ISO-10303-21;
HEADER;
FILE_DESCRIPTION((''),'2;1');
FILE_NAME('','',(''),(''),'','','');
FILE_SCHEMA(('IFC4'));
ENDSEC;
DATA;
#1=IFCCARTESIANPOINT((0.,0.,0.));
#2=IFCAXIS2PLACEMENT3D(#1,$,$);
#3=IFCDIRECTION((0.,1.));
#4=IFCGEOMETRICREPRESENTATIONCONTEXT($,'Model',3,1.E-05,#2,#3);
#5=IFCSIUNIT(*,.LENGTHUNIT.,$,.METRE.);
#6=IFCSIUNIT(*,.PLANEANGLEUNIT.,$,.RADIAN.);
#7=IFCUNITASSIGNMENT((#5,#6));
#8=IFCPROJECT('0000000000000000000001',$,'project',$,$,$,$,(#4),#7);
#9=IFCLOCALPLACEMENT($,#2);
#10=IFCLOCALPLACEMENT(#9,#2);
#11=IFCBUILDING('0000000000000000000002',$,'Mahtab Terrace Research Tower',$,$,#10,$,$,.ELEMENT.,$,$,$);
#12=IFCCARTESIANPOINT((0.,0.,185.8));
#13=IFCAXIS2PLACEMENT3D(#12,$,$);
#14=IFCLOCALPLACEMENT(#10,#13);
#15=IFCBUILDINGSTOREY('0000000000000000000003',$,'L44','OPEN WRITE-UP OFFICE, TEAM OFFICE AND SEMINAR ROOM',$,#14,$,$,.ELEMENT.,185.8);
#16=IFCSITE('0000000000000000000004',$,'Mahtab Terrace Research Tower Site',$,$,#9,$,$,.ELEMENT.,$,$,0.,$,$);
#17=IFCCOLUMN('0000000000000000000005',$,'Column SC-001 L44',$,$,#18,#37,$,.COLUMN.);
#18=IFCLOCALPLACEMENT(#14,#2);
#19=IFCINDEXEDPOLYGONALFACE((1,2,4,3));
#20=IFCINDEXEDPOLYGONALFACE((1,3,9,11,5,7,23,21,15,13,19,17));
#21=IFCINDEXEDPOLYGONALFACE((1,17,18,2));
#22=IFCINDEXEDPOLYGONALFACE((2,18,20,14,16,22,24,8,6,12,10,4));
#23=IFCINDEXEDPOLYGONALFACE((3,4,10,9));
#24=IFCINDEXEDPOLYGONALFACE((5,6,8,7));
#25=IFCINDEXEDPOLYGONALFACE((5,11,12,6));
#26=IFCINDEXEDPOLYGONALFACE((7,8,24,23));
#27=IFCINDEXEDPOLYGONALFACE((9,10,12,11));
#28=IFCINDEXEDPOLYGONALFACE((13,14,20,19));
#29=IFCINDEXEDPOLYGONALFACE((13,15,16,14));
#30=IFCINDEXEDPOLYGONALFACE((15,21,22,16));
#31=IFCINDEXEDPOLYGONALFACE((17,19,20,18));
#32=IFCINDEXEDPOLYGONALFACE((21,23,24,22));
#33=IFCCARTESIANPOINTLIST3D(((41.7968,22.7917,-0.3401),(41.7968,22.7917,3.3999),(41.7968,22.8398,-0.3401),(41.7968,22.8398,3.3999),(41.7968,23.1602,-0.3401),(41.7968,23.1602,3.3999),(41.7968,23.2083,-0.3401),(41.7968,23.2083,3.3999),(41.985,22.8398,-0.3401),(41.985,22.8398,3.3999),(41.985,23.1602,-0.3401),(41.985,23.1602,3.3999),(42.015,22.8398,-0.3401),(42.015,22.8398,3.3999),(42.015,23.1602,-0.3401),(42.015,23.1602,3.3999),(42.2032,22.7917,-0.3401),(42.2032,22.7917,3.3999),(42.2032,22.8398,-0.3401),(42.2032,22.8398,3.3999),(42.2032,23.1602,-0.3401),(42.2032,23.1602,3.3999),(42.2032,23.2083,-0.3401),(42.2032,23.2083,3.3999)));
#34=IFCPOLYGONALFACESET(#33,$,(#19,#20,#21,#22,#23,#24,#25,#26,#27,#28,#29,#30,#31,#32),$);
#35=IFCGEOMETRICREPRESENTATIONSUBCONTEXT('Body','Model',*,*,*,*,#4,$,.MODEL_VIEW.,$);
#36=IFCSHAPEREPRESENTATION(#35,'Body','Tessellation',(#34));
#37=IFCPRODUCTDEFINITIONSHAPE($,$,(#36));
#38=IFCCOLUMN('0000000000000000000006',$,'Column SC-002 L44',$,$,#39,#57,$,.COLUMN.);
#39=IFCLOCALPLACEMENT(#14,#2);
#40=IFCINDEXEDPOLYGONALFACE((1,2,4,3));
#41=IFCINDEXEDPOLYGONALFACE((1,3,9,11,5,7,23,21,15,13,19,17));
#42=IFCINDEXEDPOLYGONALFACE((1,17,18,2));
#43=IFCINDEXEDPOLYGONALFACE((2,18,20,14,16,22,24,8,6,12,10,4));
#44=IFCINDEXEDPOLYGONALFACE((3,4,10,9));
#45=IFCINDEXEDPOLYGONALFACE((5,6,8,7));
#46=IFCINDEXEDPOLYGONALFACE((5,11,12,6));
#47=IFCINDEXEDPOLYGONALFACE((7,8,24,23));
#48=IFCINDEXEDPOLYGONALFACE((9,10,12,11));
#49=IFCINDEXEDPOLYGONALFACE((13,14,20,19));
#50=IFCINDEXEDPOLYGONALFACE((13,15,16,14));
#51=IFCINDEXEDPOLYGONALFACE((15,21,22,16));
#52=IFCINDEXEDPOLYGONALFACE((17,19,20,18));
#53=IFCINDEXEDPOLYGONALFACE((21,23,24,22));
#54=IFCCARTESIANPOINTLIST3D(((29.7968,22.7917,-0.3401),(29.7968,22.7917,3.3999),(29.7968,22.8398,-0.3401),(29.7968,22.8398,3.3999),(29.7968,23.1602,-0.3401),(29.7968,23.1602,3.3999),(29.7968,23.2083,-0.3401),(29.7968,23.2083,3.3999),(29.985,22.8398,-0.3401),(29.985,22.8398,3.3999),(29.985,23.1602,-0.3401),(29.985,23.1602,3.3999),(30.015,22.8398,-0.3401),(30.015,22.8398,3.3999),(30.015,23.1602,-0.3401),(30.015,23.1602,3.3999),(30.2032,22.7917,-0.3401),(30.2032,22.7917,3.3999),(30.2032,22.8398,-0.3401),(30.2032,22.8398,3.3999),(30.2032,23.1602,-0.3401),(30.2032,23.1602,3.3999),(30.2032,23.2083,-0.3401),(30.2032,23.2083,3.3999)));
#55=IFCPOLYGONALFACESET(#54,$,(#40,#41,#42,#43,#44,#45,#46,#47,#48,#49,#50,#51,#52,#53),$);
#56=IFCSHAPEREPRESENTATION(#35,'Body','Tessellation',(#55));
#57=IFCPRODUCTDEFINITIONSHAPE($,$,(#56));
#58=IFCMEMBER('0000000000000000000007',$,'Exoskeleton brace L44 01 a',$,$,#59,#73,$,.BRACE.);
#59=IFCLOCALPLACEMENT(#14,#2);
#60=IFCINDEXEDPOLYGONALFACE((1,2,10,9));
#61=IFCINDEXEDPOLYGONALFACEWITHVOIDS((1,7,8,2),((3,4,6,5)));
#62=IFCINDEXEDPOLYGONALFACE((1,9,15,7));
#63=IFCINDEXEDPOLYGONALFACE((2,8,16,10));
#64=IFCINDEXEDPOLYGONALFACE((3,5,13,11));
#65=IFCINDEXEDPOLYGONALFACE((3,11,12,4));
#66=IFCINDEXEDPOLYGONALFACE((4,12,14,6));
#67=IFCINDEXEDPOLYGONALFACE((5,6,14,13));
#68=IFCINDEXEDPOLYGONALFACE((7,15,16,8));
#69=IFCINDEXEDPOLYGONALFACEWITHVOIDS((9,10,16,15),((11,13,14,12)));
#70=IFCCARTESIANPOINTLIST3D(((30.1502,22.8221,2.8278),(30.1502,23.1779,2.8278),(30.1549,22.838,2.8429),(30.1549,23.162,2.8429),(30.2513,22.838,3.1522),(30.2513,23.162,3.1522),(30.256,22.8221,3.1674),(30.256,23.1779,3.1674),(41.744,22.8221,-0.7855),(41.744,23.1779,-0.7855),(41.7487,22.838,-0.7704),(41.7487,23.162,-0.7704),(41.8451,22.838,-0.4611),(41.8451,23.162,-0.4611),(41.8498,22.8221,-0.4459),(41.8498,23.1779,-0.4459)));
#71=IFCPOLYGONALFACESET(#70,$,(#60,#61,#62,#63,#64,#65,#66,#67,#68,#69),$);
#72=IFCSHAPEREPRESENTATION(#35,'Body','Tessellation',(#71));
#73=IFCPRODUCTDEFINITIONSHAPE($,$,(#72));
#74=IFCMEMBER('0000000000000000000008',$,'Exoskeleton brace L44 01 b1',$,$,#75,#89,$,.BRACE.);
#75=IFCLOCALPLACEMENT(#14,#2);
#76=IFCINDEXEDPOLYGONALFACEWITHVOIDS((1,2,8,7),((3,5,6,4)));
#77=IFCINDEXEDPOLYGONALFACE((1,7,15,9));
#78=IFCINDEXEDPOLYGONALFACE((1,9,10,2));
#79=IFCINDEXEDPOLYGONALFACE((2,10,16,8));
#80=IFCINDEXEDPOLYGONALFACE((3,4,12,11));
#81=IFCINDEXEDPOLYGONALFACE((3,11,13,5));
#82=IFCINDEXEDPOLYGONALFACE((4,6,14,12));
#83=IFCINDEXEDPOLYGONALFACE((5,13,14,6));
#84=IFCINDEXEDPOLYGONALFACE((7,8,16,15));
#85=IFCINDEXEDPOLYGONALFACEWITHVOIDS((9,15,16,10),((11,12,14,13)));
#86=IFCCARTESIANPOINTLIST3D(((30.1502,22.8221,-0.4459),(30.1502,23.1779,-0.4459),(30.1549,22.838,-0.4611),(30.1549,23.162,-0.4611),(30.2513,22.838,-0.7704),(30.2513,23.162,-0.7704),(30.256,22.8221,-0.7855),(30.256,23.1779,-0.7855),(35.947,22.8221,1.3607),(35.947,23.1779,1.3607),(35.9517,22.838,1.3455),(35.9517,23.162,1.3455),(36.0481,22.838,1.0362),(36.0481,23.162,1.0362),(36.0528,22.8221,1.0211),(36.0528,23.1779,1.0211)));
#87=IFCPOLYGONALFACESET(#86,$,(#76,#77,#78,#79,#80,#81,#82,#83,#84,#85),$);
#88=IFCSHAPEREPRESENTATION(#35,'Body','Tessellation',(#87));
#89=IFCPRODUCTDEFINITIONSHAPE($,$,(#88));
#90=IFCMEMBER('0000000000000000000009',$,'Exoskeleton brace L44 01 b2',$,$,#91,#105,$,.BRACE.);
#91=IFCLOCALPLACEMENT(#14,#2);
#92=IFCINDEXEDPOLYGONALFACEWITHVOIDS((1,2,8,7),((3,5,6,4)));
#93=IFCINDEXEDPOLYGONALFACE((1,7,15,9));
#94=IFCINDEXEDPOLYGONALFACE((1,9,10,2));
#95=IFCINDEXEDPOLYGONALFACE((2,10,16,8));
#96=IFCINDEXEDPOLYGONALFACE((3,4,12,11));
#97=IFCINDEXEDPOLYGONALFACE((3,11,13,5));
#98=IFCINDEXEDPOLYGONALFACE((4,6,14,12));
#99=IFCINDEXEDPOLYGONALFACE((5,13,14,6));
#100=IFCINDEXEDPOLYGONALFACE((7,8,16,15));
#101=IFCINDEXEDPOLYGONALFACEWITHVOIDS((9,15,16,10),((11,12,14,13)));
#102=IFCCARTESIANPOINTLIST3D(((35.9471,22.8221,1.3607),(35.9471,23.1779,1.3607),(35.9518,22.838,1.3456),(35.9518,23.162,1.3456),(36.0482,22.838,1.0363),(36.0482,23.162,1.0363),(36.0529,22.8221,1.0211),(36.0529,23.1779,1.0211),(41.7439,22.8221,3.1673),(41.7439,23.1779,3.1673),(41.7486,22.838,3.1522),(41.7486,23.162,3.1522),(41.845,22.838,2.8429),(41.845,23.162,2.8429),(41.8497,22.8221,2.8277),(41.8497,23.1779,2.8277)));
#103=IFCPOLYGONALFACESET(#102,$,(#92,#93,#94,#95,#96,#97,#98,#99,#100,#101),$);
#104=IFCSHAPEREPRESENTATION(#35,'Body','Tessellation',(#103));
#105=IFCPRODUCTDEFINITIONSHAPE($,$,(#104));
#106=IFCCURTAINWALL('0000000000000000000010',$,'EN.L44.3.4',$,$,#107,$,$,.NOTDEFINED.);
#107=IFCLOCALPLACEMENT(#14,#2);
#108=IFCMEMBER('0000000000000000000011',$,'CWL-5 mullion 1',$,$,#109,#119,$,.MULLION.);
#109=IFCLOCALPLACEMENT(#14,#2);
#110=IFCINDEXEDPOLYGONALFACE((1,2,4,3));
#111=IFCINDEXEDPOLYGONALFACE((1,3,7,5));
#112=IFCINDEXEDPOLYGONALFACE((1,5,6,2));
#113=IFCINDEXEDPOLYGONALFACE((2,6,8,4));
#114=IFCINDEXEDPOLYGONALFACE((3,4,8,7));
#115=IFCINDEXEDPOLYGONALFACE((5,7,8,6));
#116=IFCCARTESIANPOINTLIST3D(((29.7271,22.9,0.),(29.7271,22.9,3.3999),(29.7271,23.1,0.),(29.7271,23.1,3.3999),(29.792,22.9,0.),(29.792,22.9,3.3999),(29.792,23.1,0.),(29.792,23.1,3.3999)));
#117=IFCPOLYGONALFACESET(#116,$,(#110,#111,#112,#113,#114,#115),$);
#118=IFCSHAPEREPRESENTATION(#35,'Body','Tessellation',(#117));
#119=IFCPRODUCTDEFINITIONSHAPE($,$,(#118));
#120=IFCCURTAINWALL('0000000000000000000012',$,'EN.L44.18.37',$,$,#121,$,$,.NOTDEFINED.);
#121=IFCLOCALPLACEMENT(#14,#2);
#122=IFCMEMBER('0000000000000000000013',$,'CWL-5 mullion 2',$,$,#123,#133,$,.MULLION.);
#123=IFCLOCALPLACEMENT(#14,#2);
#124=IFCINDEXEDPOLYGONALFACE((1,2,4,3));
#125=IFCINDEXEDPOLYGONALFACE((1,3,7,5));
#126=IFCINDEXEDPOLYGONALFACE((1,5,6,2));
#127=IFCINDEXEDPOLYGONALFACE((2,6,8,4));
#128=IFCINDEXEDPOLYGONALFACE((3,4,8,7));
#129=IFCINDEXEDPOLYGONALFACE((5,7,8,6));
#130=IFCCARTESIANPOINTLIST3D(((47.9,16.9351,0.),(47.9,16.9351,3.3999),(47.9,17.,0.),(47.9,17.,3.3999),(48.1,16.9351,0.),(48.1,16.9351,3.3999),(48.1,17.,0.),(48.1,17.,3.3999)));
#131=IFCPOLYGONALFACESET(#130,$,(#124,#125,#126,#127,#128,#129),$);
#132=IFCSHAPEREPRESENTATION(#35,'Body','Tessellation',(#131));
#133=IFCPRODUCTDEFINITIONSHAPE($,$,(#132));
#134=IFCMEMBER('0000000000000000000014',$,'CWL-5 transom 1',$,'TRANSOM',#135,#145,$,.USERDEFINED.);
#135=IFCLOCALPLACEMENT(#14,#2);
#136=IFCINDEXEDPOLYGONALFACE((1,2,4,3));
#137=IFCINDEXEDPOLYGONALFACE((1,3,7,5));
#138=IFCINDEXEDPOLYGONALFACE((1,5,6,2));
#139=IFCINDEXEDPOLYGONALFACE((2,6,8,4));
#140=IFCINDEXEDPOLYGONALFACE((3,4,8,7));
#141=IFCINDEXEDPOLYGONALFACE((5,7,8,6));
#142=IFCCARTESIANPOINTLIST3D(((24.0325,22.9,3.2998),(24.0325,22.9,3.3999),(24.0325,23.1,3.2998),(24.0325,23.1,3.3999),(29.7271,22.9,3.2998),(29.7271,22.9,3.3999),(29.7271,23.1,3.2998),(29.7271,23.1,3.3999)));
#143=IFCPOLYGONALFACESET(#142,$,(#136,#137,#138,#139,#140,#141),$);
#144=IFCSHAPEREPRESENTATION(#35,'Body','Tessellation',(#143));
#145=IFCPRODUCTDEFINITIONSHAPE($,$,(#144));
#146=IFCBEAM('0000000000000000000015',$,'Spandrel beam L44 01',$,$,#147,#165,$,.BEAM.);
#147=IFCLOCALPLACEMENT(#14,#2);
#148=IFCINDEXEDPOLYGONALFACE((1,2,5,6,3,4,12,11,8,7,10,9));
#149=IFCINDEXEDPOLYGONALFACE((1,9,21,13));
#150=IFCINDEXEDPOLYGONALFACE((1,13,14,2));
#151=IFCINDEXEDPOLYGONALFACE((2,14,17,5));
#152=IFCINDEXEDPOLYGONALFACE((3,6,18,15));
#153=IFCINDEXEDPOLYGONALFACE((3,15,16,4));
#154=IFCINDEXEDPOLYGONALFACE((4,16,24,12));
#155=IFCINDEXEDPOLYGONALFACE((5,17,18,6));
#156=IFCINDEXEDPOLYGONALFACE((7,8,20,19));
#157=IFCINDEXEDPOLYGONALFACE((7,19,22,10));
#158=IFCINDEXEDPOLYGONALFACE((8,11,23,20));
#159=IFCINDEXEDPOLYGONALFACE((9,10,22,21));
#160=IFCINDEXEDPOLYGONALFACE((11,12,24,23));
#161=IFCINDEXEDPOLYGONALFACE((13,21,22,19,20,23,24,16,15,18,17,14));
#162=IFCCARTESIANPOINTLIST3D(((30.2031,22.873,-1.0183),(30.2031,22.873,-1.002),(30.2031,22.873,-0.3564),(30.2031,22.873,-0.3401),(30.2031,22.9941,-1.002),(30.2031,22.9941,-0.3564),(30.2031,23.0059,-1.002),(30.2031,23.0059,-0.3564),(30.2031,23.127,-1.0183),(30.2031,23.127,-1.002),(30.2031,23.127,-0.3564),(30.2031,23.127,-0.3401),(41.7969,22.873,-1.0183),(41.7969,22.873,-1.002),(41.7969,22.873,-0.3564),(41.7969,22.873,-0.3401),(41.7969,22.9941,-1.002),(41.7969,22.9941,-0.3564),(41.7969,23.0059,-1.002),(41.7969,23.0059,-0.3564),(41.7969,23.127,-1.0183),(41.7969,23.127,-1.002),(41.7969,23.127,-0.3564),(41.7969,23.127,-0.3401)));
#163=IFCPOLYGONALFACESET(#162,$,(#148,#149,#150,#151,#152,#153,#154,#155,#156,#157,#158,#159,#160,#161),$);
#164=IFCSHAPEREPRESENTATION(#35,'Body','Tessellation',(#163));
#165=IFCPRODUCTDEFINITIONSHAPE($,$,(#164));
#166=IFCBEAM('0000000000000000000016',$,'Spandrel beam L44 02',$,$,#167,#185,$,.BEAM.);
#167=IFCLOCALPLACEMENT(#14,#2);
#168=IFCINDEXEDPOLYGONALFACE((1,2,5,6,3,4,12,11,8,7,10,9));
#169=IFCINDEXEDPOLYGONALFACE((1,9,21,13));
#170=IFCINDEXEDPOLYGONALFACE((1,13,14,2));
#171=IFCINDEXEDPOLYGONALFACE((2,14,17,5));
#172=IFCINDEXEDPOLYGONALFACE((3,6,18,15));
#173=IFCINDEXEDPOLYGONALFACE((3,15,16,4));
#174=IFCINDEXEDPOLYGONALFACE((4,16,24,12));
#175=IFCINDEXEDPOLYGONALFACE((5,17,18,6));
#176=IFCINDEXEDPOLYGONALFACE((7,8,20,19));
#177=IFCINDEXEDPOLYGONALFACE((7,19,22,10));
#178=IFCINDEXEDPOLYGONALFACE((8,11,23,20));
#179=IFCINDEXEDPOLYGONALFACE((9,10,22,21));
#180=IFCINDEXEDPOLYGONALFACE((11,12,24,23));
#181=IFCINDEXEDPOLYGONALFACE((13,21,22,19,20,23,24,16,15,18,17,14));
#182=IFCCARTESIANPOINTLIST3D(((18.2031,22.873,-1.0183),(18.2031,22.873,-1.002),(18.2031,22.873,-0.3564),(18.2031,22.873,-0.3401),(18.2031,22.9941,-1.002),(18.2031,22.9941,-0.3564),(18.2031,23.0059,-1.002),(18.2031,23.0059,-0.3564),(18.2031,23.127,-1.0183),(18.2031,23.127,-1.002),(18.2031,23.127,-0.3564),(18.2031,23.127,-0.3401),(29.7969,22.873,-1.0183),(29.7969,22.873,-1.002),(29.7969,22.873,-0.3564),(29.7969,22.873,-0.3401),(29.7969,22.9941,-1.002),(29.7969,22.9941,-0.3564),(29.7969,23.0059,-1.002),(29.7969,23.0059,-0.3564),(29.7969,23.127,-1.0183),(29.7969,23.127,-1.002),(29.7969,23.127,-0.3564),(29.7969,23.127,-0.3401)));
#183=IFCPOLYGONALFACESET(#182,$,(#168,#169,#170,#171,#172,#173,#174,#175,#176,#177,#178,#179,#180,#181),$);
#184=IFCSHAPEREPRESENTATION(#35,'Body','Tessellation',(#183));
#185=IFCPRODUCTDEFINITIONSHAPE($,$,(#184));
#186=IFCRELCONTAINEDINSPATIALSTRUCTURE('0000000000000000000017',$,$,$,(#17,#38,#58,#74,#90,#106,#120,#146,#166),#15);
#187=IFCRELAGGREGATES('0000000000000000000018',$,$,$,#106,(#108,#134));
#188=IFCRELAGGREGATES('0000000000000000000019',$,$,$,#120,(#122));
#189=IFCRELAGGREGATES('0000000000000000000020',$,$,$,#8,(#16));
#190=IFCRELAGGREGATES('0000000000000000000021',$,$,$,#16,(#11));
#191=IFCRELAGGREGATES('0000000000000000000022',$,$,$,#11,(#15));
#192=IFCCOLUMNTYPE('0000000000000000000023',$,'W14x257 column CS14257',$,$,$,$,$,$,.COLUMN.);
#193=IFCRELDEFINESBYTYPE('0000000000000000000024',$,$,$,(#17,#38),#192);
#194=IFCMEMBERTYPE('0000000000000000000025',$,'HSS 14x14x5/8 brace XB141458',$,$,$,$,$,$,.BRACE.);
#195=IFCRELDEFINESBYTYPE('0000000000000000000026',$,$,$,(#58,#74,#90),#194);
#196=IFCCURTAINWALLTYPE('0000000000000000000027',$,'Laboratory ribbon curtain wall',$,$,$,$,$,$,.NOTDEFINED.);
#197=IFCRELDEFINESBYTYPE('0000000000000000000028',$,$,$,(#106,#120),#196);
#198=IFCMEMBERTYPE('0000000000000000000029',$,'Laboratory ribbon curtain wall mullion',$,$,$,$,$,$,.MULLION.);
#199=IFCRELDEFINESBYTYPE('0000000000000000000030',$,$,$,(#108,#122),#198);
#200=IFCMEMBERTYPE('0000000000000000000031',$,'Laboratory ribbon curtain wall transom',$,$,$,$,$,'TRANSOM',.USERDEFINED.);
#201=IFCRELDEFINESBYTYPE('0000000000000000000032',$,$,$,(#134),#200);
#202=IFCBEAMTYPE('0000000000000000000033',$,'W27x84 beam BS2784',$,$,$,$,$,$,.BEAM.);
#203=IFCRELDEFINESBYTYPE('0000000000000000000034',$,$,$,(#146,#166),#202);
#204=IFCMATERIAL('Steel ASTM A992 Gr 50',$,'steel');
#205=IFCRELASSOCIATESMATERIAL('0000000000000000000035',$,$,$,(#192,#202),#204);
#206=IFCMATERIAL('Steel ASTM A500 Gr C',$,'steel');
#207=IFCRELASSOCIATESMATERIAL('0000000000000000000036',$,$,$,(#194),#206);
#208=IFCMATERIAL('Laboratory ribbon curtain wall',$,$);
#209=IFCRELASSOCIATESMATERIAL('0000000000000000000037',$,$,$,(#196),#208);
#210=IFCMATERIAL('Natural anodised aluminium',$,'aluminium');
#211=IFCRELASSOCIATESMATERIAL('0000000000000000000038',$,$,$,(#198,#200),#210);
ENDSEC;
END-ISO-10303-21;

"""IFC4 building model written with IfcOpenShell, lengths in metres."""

from ifc_helpers import new_model, si_unit, direction, frame, origin, origin_2d, place, context, subcontext, project, spatial, rectangle, hollow_rectangle, i_section, extrude, material, material_profile, profile_set, type_object, element, aggregate, save


model = new_model("IFC4")

# Units and contexts
model_context = context("Model", 3, precision=1e-05, world=origin(), true_north=direction((0.0, 1.0)))
body_context = subcontext(model_context, "Body", "Model", "MODEL_VIEW")
ifc_project = project(units=[si_unit("LENGTHUNIT", "METRE"), si_unit("PLANEANGLEUNIT", "RADIAN")], contexts=[model_context])

# Site, building, storey
site_placement = place(None, origin())
site = spatial("IfcSite", under=ifc_project, at=site_placement, Name="Mahtab Terrace Research Tower Site", CompositionType="ELEMENT", RefElevation=0.0)
building_placement = place(site_placement, origin())
building = spatial("IfcBuilding", under=site, at=building_placement, Name="Mahtab Terrace Research Tower", CompositionType="ELEMENT")
storey_placement = place(building_placement, frame((0.0, 0.0, 185.8)))
storey = spatial("IfcBuildingStorey", under=building, at=storey_placement, Name="L44", Description="OPEN WRITE-UP OFFICE, TEAM OFFICE AND SEMINAR ROOM", CompositionType="ELEMENT", Elevation=185.8)

# Columns
ifc_material_1 = material(Name="Steel ASTM A992 Gr 50", Category="steel")
ifc_material_profile_1 = material_profile(ifc_material_1, i_section(OverallWidth=0.4065, OverallDepth=0.4165, WebThickness=0.03, FlangeThickness=0.0481, at=origin_2d()), Name="W14X257")
ifc_profile_set_1 = profile_set([ifc_material_profile_1], Name="Steel ASTM A992 Gr 50")
column_type = type_object("IfcColumnType", Name="W14x257 column CS14257", PredefinedType="COLUMN", material=ifc_profile_set_1)
for number, where, z_axis, x_axis, name in (
    (1, (42.0, 23.0, -0.3401), (0.0, 0.0, 1.0), (1.0, 0.0, 0.0), "Column SC-001 L44"),
    (2, (30.0, 23.0, -0.3401), (0.0, 0.0, 1.0), (1.0, 0.0, 0.0), "Column SC-002 L44"),
):
    element("IfcColumn", number, at=place(storey_placement, frame(where, z_axis=z_axis, x_axis=x_axis)), inside=storey, type_object=column_type, Name=name, PredefinedType="COLUMN", context=body_context, shape_type="SweptSolid", body=[
        extrude(i_section(OverallWidth=0.4065, OverallDepth=0.4165, WebThickness=0.03, FlangeThickness=0.0481, at=origin_2d()), origin(), (0.0, 0.0, 1.0), 3.74),
    ])

# Members
ifc_material_2 = material(Name="Steel ASTM A500 Gr C", Category="steel")
ifc_material_profile_2 = material_profile(ifc_material_2, hollow_rectangle(XDim=0.3557, YDim=0.3557, WallThickness=0.0159, at=origin_2d()), Name="HSS14X14X5/8")
ifc_profile_set_2 = profile_set([ifc_material_profile_2], Name="Steel ASTM A500 Gr C")
member_type_1 = type_object("IfcMemberType", Name="HSS 14x14x5/8 brace XB141458", PredefinedType="BRACE", material=ifc_profile_set_2)
member_1_placement = place(storey_placement, frame((41.7969, 23.0, -0.6157), z_axis=(-0.954709, 0.0, 0.297542), x_axis=(0.0, -1.0, 0.0)))
element("IfcMember", 3, at=member_1_placement, inside=storey, type_object=member_type_1, Name="Exoskeleton brace L44 01 a", PredefinedType="BRACE", context=body_context, shape_type="SweptSolid", body=[
    extrude(hollow_rectangle(XDim=0.3557, YDim=0.3557, WallThickness=0.0159, at=origin_2d()), origin(), (0.0, 0.0, 1.0), 12.1438),
])
for number, where, z_axis, x_axis, name in (
    (4, (30.2031, 23.0, -0.6157), (0.954709, 0.0, 0.297542), (0.0, 1.0, 0.0), "Exoskeleton brace L44 01 b1"),
    (5, (36.0, 23.0, 1.1909), (0.954709, 0.0, 0.297542), (0.0, 1.0, 0.0), "Exoskeleton brace L44 01 b2"),
):
    element("IfcMember", number, at=place(storey_placement, frame(where, z_axis=z_axis, x_axis=x_axis)), inside=storey, type_object=member_type_1, Name=name, PredefinedType="BRACE", context=body_context, shape_type="SweptSolid", body=[
        extrude(hollow_rectangle(XDim=0.3557, YDim=0.3557, WallThickness=0.0159, at=origin_2d()), origin(), (0.0, 0.0, 1.0), 6.0718),
    ])

# Curtain walls, members
ifc_material_3 = material(Name="Laboratory ribbon curtain wall")
curtain_wall_type = type_object("IfcCurtainWallType", Name="Laboratory ribbon curtain wall", PredefinedType="NOTDEFINED", material=ifc_material_3)
curtain_wall_1_placement = place(storey_placement, origin())
curtain_wall_1 = element("IfcCurtainWall", 6, at=curtain_wall_1_placement, inside=storey, type_object=curtain_wall_type, Name="EN.L44.3.4", PredefinedType="NOTDEFINED")
ifc_material_4 = material(Name="Natural anodised aluminium", Category="aluminium")
ifc_material_profile_3 = material_profile(ifc_material_4, rectangle(XDim=0.2, YDim=0.0649, at=origin_2d()), Name="MULLION 65x200")
ifc_profile_set_3 = profile_set([ifc_material_profile_3], Name="Natural anodised aluminium")
member_type_2 = type_object("IfcMemberType", Name="Laboratory ribbon curtain wall mullion", PredefinedType="MULLION", material=ifc_profile_set_3)
member_2_placement = place(storey_placement, frame((29.7595, 23.0, 0.0), z_axis=(0.0, 0.0, 1.0), x_axis=(0.0, -1.0, 0.0)))
member_2 = element("IfcMember", 7, at=member_2_placement, type_object=member_type_2, Name="CWL-5 mullion 1", PredefinedType="MULLION", context=body_context, shape_type="SweptSolid", body=[
    extrude(rectangle(XDim=0.2, YDim=0.0649, at=origin_2d()), origin(), (0.0, 0.0, 1.0), 3.3999),
])
curtain_wall_2_placement = place(storey_placement, origin())
curtain_wall_2 = element("IfcCurtainWall", 8, at=curtain_wall_2_placement, inside=storey, type_object=curtain_wall_type, Name="EN.L44.18.37", PredefinedType="NOTDEFINED")
member_3_placement = place(storey_placement, frame((48.0, 16.9675, 0.0), z_axis=(0.0, 0.0, 1.0), x_axis=(-1.0, 0.0, 0.0)))
member_3 = element("IfcMember", 9, at=member_3_placement, type_object=member_type_2, Name="CWL-5 mullion 2", PredefinedType="MULLION", context=body_context, shape_type="SweptSolid", body=[
    extrude(rectangle(XDim=0.2, YDim=0.0649, at=origin_2d()), origin(), (0.0, 0.0, 1.0), 3.3999),
])

# Member
ifc_material_profile_4 = material_profile(ifc_material_4, rectangle(XDim=0.2, YDim=0.1001, at=origin_2d()), Name="TRANSOM 100x200")
ifc_profile_set_4 = profile_set([ifc_material_profile_4], Name="Natural anodised aluminium")
member_type_3 = type_object("IfcMemberType", Name="Laboratory ribbon curtain wall transom", ElementType="TRANSOM", PredefinedType="USERDEFINED", material=ifc_profile_set_4)
member_4_placement = place(storey_placement, frame((29.7271, 23.0, 3.3499), z_axis=(-1.0, 0.0, 0.0), x_axis=(0.0, -1.0, 0.0)))
member_4 = element("IfcMember", 10, at=member_4_placement, type_object=member_type_3, Name="CWL-5 transom 1", ObjectType="TRANSOM", PredefinedType="USERDEFINED", context=body_context, shape_type="SweptSolid", body=[
    extrude(rectangle(XDim=0.2, YDim=0.1001, at=origin_2d()), origin(), (0.0, 0.0, 1.0), 5.6946),
])

# Beams
ifc_material_profile_5 = material_profile(ifc_material_1, i_section(OverallWidth=0.2539, OverallDepth=0.6782, WebThickness=0.0117, FlangeThickness=0.0164, at=origin_2d()), Name="W27X84")
ifc_profile_set_5 = profile_set([ifc_material_profile_5], Name="Steel ASTM A992 Gr 50")
beam_type = type_object("IfcBeamType", Name="W27x84 beam BS2784", PredefinedType="BEAM", material=ifc_profile_set_5)
for number, where, z_axis, x_axis, name in (
    (11, (41.7969, 23.0, -0.6792), (-1.0, 0.0, 0.0), (0.0, -1.0, 0.0), "Spandrel beam L44 01"),
    (12, (29.7969, 23.0, -0.6792), (-1.0, 0.0, 0.0), (0.0, -1.0, 0.0), "Spandrel beam L44 02"),
):
    element("IfcBeam", number, at=place(storey_placement, frame(where, z_axis=z_axis, x_axis=x_axis)), inside=storey, type_object=beam_type, Name=name, PredefinedType="BEAM", context=body_context, shape_type="SweptSolid", body=[
        extrude(i_section(OverallWidth=0.2539, OverallDepth=0.6782, WebThickness=0.0117, FlangeThickness=0.0164, at=origin_2d()), origin(), (0.0, 0.0, 1.0), 11.5938),
    ])

aggregate(curtain_wall_1, [member_2, member_4])
aggregate(curtain_wall_2, [member_3])

save(model, "model.ifc")
